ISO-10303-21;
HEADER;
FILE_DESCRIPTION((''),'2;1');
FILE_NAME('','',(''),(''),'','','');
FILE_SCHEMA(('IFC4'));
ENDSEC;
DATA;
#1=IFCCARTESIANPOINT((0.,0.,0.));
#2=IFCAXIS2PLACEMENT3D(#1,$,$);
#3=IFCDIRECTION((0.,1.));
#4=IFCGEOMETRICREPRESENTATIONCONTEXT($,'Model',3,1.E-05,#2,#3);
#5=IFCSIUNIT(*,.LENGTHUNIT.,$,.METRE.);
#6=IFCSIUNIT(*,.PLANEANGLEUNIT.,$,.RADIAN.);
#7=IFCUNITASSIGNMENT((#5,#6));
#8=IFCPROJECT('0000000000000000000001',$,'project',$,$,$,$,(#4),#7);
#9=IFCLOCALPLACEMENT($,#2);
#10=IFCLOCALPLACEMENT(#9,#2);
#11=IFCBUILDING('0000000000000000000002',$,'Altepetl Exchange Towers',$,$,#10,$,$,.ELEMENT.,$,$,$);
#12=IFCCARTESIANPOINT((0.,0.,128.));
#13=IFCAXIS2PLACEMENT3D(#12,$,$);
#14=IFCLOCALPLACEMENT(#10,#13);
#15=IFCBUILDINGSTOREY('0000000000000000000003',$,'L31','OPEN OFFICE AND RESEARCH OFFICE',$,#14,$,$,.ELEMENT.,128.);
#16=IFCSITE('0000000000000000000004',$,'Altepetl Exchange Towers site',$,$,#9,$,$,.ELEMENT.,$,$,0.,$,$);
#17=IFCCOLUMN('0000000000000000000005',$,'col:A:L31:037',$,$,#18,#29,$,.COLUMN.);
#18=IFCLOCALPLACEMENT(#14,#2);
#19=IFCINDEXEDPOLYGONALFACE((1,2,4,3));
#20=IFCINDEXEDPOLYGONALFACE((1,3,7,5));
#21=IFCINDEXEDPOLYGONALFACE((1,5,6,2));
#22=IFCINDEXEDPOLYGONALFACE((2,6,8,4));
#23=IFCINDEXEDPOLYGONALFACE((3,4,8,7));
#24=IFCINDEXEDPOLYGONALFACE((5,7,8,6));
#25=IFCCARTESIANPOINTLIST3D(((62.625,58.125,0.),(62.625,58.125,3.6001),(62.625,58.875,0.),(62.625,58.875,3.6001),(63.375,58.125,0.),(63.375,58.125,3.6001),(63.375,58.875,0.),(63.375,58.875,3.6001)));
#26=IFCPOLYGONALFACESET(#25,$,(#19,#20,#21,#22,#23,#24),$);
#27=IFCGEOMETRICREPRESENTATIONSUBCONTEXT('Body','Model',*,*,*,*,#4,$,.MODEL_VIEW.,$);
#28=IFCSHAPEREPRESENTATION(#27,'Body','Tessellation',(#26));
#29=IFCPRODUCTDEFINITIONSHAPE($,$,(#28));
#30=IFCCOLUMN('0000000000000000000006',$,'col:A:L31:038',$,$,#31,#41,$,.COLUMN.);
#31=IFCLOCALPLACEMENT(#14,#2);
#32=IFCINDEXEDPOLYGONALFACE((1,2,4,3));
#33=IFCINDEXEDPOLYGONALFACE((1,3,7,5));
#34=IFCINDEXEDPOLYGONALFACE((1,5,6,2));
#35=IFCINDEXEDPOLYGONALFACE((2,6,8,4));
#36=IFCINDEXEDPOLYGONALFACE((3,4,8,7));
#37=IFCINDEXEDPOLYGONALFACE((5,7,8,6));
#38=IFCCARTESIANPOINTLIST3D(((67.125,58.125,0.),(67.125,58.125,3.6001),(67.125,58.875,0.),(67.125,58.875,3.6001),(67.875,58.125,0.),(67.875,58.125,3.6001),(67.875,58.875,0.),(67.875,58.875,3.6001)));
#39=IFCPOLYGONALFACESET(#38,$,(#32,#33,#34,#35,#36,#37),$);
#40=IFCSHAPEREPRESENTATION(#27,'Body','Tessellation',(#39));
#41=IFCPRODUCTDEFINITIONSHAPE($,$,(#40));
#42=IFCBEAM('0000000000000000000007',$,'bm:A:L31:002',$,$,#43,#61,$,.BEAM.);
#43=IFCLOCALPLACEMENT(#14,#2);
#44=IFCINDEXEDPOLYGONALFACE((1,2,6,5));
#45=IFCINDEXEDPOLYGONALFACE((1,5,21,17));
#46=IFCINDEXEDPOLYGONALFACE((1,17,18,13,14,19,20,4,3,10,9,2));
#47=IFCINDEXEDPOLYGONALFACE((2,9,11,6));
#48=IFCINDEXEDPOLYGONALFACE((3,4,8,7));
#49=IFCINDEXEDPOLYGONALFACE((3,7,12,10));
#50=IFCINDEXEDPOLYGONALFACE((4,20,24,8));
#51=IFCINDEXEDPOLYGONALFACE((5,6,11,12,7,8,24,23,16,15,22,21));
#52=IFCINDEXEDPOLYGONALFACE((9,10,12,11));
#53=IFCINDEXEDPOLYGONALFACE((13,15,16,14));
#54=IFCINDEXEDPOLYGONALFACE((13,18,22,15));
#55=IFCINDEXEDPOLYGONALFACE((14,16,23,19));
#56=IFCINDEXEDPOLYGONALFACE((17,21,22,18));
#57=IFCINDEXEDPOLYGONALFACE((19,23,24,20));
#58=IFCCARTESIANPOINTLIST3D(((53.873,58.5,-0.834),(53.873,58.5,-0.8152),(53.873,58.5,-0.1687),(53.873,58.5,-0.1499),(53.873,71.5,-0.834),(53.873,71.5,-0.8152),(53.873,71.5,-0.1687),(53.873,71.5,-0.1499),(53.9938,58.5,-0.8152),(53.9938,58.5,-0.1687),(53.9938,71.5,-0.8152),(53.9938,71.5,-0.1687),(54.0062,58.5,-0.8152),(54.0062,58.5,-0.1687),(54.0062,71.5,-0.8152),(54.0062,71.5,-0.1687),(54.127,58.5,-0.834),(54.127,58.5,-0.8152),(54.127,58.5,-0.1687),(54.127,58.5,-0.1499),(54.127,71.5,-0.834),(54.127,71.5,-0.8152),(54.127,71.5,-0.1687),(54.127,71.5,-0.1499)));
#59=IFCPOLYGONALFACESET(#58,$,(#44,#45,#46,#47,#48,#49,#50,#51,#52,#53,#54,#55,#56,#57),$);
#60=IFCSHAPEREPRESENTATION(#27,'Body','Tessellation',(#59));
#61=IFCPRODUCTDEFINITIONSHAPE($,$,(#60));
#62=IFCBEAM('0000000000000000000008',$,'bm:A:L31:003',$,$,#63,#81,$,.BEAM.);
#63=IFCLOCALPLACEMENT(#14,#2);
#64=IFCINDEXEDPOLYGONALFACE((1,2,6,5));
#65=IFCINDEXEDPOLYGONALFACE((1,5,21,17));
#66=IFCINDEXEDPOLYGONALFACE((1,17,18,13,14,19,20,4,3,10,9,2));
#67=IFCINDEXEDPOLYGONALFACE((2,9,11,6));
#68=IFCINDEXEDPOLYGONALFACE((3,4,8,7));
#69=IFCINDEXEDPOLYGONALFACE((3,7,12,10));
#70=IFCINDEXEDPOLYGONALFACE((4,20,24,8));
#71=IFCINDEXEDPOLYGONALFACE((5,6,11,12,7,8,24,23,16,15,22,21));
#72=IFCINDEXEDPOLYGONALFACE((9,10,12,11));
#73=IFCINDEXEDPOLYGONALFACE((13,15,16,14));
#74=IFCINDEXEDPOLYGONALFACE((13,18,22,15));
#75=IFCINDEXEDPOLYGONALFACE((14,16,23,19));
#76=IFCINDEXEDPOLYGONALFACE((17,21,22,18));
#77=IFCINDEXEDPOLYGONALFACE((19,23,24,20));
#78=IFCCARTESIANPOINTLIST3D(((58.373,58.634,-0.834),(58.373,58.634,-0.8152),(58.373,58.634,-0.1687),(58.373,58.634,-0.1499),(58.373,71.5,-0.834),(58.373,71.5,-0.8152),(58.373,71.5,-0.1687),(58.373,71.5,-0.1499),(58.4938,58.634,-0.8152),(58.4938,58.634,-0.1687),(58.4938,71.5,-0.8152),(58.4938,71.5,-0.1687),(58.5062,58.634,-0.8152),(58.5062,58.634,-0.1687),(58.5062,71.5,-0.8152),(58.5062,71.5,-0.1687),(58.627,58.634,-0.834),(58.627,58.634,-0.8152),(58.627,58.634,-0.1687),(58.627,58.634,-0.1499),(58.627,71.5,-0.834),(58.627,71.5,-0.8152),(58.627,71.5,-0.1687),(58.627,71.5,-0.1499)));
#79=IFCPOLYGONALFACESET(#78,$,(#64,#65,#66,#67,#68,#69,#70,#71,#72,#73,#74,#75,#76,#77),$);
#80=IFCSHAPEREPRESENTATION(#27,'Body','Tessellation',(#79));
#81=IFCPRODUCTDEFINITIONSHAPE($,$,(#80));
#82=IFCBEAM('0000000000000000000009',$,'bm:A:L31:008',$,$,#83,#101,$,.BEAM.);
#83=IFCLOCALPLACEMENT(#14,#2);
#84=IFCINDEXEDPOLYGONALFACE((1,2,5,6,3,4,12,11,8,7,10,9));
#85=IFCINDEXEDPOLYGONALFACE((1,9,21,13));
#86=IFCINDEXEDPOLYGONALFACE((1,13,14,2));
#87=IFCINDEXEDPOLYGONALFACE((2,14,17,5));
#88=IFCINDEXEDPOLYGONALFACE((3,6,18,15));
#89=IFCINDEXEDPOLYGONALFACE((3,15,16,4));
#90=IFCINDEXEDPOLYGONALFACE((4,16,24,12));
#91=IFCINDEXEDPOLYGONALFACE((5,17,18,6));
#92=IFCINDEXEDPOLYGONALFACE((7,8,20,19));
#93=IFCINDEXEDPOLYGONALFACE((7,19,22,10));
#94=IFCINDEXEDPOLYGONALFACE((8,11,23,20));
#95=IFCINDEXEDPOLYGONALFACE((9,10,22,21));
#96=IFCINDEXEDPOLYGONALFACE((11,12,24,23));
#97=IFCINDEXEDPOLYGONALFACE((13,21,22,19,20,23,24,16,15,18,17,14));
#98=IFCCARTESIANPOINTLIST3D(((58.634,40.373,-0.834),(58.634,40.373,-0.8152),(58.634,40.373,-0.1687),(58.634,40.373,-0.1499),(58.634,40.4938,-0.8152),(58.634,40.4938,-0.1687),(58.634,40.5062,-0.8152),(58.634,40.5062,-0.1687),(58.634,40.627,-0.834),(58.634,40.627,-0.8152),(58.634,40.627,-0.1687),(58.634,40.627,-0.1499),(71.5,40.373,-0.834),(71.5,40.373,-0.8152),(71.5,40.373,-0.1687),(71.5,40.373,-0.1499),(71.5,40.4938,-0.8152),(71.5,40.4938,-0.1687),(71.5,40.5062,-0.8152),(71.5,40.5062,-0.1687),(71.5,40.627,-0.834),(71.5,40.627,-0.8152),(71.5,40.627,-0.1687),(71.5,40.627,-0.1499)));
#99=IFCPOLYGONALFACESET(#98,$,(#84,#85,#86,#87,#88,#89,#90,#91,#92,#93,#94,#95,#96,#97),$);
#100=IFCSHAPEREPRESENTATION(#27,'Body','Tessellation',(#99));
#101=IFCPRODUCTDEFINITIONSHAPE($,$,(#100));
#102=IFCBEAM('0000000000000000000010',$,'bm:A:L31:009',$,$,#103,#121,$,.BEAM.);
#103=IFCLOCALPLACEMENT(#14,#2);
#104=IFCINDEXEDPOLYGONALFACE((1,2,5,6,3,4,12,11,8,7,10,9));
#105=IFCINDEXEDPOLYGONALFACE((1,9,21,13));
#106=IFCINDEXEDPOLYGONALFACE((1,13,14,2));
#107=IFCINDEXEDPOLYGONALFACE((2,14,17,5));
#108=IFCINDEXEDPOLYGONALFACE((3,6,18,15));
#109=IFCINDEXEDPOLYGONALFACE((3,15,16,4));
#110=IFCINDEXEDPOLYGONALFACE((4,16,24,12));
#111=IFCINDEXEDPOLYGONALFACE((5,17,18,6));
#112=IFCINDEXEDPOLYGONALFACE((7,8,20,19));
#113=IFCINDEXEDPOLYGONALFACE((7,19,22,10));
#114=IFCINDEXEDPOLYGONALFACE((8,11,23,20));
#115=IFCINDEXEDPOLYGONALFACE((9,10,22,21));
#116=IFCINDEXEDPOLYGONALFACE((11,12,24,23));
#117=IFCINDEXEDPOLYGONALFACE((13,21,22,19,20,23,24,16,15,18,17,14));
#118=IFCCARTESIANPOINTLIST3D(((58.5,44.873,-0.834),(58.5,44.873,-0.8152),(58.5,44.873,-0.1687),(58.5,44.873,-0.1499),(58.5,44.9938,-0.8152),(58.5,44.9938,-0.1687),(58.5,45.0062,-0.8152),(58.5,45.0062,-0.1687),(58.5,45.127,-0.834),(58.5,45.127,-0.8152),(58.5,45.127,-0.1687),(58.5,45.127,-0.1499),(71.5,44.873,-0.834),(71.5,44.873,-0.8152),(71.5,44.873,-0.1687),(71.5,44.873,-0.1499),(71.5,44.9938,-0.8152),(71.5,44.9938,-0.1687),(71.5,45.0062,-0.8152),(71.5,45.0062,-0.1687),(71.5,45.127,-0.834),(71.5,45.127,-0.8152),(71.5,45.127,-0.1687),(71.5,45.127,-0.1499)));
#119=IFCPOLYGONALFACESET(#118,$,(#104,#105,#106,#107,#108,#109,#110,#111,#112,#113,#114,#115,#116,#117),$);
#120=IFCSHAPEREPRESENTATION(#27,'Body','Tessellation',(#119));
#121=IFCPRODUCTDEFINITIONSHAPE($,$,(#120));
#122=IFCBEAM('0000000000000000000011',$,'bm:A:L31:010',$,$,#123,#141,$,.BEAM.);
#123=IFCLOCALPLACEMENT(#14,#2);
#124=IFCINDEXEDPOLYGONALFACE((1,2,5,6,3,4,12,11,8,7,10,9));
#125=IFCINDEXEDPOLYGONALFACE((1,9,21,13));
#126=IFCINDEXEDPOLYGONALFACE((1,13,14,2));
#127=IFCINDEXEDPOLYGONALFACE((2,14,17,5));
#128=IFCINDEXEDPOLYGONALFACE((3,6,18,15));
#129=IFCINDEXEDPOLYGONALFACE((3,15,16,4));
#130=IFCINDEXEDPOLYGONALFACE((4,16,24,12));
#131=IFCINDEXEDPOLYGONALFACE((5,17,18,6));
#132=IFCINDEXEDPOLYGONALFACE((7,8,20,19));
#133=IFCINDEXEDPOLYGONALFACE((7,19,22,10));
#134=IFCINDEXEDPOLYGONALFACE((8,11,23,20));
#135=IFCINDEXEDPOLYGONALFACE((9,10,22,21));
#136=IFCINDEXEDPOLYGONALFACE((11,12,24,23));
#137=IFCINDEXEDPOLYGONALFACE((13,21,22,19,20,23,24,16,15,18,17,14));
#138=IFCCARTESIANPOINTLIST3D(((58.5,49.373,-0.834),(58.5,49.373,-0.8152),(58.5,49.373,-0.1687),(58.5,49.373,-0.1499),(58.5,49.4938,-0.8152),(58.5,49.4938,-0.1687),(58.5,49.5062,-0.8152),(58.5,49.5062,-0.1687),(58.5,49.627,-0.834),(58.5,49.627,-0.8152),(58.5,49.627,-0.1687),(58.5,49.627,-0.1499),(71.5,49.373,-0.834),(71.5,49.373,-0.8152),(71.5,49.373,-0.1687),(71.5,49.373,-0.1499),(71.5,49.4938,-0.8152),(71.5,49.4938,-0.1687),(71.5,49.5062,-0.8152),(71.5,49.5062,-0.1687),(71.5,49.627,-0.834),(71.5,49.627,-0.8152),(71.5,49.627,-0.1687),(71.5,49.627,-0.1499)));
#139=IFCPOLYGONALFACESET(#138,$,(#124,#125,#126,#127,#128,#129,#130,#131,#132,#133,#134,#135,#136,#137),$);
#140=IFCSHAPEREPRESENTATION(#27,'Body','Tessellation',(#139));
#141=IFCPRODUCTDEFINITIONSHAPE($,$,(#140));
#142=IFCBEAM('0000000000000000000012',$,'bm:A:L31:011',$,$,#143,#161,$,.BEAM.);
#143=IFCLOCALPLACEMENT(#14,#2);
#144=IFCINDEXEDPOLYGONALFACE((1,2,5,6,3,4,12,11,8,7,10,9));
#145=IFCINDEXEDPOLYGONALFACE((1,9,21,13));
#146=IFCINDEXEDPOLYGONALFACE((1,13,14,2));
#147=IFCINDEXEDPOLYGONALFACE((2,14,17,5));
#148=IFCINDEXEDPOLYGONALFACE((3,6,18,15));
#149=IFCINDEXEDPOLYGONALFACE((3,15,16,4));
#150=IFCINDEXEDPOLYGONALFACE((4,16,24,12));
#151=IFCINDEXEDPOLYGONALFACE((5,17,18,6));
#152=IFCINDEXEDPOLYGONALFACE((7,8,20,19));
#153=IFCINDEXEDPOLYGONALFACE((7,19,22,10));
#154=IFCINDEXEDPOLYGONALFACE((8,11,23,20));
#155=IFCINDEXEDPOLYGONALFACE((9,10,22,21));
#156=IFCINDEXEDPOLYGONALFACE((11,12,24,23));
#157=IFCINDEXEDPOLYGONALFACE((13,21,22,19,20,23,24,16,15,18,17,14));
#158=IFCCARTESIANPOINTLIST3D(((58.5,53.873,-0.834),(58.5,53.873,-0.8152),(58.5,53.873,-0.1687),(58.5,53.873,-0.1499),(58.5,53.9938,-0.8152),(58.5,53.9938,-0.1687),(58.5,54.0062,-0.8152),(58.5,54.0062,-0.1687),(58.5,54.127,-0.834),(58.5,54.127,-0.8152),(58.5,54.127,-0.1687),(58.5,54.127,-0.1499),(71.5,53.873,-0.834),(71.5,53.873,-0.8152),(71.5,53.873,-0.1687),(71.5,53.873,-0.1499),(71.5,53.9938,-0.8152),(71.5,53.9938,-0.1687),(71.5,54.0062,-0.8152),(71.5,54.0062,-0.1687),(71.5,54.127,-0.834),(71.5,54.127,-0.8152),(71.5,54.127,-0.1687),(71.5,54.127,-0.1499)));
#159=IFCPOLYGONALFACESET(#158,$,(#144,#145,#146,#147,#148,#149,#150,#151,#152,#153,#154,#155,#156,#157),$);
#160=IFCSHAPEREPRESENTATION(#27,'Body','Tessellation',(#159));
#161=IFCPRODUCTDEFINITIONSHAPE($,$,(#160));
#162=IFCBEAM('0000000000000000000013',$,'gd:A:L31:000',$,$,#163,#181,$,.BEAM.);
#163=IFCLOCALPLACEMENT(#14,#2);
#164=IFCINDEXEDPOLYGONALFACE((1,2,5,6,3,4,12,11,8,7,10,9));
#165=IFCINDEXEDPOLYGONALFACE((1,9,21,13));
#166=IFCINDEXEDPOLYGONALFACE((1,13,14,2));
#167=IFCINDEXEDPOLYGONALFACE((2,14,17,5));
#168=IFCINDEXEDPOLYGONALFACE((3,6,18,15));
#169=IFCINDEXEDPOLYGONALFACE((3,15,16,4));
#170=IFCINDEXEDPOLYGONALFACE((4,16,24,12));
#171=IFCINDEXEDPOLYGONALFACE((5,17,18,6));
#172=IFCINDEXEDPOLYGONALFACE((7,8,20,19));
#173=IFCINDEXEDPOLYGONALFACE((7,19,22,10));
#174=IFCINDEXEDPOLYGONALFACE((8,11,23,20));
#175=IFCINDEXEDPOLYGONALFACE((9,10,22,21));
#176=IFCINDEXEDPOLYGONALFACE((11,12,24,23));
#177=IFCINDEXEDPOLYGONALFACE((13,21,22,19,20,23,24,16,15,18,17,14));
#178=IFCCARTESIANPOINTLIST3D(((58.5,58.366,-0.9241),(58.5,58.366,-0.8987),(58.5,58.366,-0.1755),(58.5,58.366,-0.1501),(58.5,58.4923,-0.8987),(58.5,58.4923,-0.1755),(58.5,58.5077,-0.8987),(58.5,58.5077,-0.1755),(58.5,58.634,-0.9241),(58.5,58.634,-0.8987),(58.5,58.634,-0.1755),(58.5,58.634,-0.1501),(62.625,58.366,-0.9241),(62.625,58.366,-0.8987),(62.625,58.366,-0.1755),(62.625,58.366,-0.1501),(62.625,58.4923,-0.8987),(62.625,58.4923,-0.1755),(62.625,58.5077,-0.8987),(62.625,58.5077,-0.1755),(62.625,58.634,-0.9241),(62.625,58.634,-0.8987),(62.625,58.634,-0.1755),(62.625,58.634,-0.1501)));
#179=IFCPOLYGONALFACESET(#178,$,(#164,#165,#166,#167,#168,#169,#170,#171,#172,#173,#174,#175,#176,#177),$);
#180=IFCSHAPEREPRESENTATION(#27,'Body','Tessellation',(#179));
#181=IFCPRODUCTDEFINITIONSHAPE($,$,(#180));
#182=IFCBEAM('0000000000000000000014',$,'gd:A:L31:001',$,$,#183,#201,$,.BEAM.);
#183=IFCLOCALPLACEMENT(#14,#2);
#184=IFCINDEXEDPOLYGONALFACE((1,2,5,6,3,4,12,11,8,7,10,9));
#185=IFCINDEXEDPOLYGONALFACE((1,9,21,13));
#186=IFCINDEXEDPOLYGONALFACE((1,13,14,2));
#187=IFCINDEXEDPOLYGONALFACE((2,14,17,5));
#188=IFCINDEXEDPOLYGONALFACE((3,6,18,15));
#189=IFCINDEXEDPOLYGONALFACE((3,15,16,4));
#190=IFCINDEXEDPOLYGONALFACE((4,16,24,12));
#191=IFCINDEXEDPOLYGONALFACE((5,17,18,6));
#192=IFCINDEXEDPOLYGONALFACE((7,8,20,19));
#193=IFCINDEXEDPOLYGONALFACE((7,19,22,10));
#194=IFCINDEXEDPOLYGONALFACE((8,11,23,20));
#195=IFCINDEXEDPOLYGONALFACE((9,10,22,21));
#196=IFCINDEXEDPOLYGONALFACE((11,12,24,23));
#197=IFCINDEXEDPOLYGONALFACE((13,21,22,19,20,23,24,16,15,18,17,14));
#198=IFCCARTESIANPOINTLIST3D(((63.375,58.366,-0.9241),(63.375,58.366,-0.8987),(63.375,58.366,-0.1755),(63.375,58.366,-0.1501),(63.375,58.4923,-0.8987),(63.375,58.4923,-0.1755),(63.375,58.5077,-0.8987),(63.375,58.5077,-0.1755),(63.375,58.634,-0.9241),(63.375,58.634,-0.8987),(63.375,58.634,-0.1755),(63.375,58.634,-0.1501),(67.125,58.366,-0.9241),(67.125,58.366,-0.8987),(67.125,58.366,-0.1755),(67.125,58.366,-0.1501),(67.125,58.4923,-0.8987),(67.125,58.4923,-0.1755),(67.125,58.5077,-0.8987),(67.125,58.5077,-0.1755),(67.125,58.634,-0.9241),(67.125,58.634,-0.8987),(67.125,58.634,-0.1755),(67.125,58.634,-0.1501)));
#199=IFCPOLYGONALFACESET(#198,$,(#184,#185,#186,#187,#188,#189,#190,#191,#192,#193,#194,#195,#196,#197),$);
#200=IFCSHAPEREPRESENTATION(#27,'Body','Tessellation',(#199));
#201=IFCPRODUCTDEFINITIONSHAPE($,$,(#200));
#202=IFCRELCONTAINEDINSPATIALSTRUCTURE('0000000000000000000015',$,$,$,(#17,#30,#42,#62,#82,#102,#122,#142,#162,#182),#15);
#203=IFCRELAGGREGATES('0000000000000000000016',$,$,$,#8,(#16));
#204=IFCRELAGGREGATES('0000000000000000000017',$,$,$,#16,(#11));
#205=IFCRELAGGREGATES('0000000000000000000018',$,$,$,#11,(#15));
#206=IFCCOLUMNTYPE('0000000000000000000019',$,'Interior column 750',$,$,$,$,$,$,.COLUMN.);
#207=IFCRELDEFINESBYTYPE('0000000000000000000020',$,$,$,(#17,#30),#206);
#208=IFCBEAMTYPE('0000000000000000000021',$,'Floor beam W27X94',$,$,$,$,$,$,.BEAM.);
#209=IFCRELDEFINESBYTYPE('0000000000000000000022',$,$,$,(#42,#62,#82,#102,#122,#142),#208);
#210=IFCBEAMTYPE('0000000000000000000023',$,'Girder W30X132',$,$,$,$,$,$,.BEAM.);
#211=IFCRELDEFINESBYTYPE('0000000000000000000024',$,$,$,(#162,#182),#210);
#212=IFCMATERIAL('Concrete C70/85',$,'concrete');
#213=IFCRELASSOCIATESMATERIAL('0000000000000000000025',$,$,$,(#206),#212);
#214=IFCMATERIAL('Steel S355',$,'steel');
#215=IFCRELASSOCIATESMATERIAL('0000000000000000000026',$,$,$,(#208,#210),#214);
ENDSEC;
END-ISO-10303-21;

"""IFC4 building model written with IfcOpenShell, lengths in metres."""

from ifc_helpers import new_model, si_unit, direction, frame, origin, origin_2d, place, context, subcontext, project, spatial, rectangle, i_section, extrude, material, material_profile, profile_set, type_object, element, save


model = new_model("IFC4")

# Units and contexts
model_context = context("Model", 3, precision=1e-05, world=origin(), true_north=direction((0.0, 1.0)))
body_context = subcontext(model_context, "Body", "Model", "MODEL_VIEW")
ifc_project = project(units=[si_unit("LENGTHUNIT", "METRE"), si_unit("PLANEANGLEUNIT", "RADIAN")], contexts=[model_context])

# Site, building, storey
site_placement = place(None, origin())
site = spatial("IfcSite", under=ifc_project, at=site_placement, Name="Altepetl Exchange Towers site", CompositionType="ELEMENT", RefElevation=0.0)
building_placement = place(site_placement, origin())
building = spatial("IfcBuilding", under=site, at=building_placement, Name="Altepetl Exchange Towers", CompositionType="ELEMENT")
storey_placement = place(building_placement, frame((0.0, 0.0, 128.0)))
storey = spatial("IfcBuildingStorey", under=building, at=storey_placement, Name="L31", Description="OPEN OFFICE AND RESEARCH OFFICE", CompositionType="ELEMENT", Elevation=128.0)

# Columns
ifc_material_1 = material(Name="Concrete C70/85", Category="concrete")
ifc_material_profile_1 = material_profile(ifc_material_1, rectangle(XDim=0.75, YDim=0.75, at=origin_2d()), Name="750 x 750")
ifc_profile_set_1 = profile_set([ifc_material_profile_1], Name="Concrete C70/85")
column_type = type_object("IfcColumnType", Name="Interior column 750", PredefinedType="COLUMN", material=ifc_profile_set_1)
for number, where, name in (
    (1, (63.0, 58.5, 0.0), "col:A:L31:037"),
    (2, (67.5, 58.5, 0.0), "col:A:L31:038"),
):
    element("IfcColumn", number, at=place(storey_placement, frame(where)), inside=storey, type_object=column_type, Name=name, PredefinedType="COLUMN", context=body_context, shape_type="SweptSolid", body=[
        extrude(rectangle(XDim=0.75, YDim=0.75, at=origin_2d()), origin(), (0.0, 0.0, 1.0), 3.6001),
    ])

# Beams
ifc_material_2 = material(Name="Steel S355", Category="steel")
ifc_material_profile_2 = material_profile(ifc_material_2, i_section(OverallWidth=0.2539, OverallDepth=0.6841, WebThickness=0.0125, FlangeThickness=0.0188, at=origin_2d()), Name="W27X94")
ifc_profile_set_2 = profile_set([ifc_material_profile_2], Name="Steel S355")
beam_type_1 = type_object("IfcBeamType", Name="Floor beam W27X94", PredefinedType="BEAM", material=ifc_profile_set_2)
beam_1_placement = place(storey_placement, frame((54.0, 58.5, -0.4919), z_axis=(0.0, 1.0, 0.0), x_axis=(-1.0, 0.0, 0.0)))
element("IfcBeam", 3, at=beam_1_placement, inside=storey, type_object=beam_type_1, Name="bm:A:L31:002", PredefinedType="BEAM", context=body_context, shape_type="SweptSolid", body=[
    extrude(i_section(OverallWidth=0.2539, OverallDepth=0.6841, WebThickness=0.0125, FlangeThickness=0.0188, at=origin_2d()), origin(), (0.0, 0.0, 1.0), 13.0),
])
for number, where, z_axis, x_axis, name in (
    (4, (58.5, 58.634, -0.4919), (0.0, 1.0, 0.0), (-1.0, 0.0, 0.0), "bm:A:L31:003"),
    (5, (58.634, 40.5, -0.4919), (1.0, 0.0, 0.0), (0.0, 1.0, 0.0), "bm:A:L31:008"),
):
    element("IfcBeam", number, at=place(storey_placement, frame(where, z_axis=z_axis, x_axis=x_axis)), inside=storey, type_object=beam_type_1, Name=name, PredefinedType="BEAM", context=body_context, shape_type="SweptSolid", body=[
        extrude(i_section(OverallWidth=0.2539, OverallDepth=0.6841, WebThickness=0.0125, FlangeThickness=0.0188, at=origin_2d()), origin(), (0.0, 0.0, 1.0), 12.866),
    ])
for number, where, z_axis, x_axis, name in (
    (6, (58.5, 45.0, -0.4919), (1.0, 0.0, 0.0), (0.0, 1.0, 0.0), "bm:A:L31:009"),
    (7, (58.5, 49.5, -0.4919), (1.0, 0.0, 0.0), (0.0, 1.0, 0.0), "bm:A:L31:010"),
    (8, (58.5, 54.0, -0.4919), (1.0, 0.0, 0.0), (0.0, 1.0, 0.0), "bm:A:L31:011"),
):
    element("IfcBeam", number, at=place(storey_placement, frame(where, z_axis=z_axis, x_axis=x_axis)), inside=storey, type_object=beam_type_1, Name=name, PredefinedType="BEAM", context=body_context, shape_type="SweptSolid", body=[
        extrude(i_section(OverallWidth=0.2539, OverallDepth=0.6841, WebThickness=0.0125, FlangeThickness=0.0188, at=origin_2d()), origin(), (0.0, 0.0, 1.0), 13.0),
    ])
ifc_material_profile_3 = material_profile(ifc_material_2, i_section(OverallWidth=0.2681, OverallDepth=0.7739, WebThickness=0.0154, FlangeThickness=0.0254, at=origin_2d()), Name="W30X132")
ifc_profile_set_3 = profile_set([ifc_material_profile_3], Name="Steel S355")
beam_type_2 = type_object("IfcBeamType", Name="Girder W30X132", PredefinedType="BEAM", material=ifc_profile_set_3)
beam_2_placement = place(storey_placement, frame((58.5, 58.5, -0.5371), z_axis=(1.0, 0.0, 0.0), x_axis=(0.0, 1.0, 0.0)))
element("IfcBeam", 9, at=beam_2_placement, inside=storey, type_object=beam_type_2, Name="gd:A:L31:000", PredefinedType="BEAM", context=body_context, shape_type="SweptSolid", body=[
    extrude(i_section(OverallWidth=0.2681, OverallDepth=0.7739, WebThickness=0.0154, FlangeThickness=0.0254, at=origin_2d()), origin(), (0.0, 0.0, 1.0), 4.125),
])
beam_3_placement = place(storey_placement, frame((63.375, 58.5, -0.5371), z_axis=(1.0, 0.0, 0.0), x_axis=(0.0, 1.0, 0.0)))
element("IfcBeam", 10, at=beam_3_placement, inside=storey, type_object=beam_type_2, Name="gd:A:L31:001", PredefinedType="BEAM", context=body_context, shape_type="SweptSolid", body=[
    extrude(i_section(OverallWidth=0.2681, OverallDepth=0.7739, WebThickness=0.0154, FlangeThickness=0.0254, at=origin_2d()), origin(), (0.0, 0.0, 1.0), 3.75),
])

save(model, "model.ifc")
